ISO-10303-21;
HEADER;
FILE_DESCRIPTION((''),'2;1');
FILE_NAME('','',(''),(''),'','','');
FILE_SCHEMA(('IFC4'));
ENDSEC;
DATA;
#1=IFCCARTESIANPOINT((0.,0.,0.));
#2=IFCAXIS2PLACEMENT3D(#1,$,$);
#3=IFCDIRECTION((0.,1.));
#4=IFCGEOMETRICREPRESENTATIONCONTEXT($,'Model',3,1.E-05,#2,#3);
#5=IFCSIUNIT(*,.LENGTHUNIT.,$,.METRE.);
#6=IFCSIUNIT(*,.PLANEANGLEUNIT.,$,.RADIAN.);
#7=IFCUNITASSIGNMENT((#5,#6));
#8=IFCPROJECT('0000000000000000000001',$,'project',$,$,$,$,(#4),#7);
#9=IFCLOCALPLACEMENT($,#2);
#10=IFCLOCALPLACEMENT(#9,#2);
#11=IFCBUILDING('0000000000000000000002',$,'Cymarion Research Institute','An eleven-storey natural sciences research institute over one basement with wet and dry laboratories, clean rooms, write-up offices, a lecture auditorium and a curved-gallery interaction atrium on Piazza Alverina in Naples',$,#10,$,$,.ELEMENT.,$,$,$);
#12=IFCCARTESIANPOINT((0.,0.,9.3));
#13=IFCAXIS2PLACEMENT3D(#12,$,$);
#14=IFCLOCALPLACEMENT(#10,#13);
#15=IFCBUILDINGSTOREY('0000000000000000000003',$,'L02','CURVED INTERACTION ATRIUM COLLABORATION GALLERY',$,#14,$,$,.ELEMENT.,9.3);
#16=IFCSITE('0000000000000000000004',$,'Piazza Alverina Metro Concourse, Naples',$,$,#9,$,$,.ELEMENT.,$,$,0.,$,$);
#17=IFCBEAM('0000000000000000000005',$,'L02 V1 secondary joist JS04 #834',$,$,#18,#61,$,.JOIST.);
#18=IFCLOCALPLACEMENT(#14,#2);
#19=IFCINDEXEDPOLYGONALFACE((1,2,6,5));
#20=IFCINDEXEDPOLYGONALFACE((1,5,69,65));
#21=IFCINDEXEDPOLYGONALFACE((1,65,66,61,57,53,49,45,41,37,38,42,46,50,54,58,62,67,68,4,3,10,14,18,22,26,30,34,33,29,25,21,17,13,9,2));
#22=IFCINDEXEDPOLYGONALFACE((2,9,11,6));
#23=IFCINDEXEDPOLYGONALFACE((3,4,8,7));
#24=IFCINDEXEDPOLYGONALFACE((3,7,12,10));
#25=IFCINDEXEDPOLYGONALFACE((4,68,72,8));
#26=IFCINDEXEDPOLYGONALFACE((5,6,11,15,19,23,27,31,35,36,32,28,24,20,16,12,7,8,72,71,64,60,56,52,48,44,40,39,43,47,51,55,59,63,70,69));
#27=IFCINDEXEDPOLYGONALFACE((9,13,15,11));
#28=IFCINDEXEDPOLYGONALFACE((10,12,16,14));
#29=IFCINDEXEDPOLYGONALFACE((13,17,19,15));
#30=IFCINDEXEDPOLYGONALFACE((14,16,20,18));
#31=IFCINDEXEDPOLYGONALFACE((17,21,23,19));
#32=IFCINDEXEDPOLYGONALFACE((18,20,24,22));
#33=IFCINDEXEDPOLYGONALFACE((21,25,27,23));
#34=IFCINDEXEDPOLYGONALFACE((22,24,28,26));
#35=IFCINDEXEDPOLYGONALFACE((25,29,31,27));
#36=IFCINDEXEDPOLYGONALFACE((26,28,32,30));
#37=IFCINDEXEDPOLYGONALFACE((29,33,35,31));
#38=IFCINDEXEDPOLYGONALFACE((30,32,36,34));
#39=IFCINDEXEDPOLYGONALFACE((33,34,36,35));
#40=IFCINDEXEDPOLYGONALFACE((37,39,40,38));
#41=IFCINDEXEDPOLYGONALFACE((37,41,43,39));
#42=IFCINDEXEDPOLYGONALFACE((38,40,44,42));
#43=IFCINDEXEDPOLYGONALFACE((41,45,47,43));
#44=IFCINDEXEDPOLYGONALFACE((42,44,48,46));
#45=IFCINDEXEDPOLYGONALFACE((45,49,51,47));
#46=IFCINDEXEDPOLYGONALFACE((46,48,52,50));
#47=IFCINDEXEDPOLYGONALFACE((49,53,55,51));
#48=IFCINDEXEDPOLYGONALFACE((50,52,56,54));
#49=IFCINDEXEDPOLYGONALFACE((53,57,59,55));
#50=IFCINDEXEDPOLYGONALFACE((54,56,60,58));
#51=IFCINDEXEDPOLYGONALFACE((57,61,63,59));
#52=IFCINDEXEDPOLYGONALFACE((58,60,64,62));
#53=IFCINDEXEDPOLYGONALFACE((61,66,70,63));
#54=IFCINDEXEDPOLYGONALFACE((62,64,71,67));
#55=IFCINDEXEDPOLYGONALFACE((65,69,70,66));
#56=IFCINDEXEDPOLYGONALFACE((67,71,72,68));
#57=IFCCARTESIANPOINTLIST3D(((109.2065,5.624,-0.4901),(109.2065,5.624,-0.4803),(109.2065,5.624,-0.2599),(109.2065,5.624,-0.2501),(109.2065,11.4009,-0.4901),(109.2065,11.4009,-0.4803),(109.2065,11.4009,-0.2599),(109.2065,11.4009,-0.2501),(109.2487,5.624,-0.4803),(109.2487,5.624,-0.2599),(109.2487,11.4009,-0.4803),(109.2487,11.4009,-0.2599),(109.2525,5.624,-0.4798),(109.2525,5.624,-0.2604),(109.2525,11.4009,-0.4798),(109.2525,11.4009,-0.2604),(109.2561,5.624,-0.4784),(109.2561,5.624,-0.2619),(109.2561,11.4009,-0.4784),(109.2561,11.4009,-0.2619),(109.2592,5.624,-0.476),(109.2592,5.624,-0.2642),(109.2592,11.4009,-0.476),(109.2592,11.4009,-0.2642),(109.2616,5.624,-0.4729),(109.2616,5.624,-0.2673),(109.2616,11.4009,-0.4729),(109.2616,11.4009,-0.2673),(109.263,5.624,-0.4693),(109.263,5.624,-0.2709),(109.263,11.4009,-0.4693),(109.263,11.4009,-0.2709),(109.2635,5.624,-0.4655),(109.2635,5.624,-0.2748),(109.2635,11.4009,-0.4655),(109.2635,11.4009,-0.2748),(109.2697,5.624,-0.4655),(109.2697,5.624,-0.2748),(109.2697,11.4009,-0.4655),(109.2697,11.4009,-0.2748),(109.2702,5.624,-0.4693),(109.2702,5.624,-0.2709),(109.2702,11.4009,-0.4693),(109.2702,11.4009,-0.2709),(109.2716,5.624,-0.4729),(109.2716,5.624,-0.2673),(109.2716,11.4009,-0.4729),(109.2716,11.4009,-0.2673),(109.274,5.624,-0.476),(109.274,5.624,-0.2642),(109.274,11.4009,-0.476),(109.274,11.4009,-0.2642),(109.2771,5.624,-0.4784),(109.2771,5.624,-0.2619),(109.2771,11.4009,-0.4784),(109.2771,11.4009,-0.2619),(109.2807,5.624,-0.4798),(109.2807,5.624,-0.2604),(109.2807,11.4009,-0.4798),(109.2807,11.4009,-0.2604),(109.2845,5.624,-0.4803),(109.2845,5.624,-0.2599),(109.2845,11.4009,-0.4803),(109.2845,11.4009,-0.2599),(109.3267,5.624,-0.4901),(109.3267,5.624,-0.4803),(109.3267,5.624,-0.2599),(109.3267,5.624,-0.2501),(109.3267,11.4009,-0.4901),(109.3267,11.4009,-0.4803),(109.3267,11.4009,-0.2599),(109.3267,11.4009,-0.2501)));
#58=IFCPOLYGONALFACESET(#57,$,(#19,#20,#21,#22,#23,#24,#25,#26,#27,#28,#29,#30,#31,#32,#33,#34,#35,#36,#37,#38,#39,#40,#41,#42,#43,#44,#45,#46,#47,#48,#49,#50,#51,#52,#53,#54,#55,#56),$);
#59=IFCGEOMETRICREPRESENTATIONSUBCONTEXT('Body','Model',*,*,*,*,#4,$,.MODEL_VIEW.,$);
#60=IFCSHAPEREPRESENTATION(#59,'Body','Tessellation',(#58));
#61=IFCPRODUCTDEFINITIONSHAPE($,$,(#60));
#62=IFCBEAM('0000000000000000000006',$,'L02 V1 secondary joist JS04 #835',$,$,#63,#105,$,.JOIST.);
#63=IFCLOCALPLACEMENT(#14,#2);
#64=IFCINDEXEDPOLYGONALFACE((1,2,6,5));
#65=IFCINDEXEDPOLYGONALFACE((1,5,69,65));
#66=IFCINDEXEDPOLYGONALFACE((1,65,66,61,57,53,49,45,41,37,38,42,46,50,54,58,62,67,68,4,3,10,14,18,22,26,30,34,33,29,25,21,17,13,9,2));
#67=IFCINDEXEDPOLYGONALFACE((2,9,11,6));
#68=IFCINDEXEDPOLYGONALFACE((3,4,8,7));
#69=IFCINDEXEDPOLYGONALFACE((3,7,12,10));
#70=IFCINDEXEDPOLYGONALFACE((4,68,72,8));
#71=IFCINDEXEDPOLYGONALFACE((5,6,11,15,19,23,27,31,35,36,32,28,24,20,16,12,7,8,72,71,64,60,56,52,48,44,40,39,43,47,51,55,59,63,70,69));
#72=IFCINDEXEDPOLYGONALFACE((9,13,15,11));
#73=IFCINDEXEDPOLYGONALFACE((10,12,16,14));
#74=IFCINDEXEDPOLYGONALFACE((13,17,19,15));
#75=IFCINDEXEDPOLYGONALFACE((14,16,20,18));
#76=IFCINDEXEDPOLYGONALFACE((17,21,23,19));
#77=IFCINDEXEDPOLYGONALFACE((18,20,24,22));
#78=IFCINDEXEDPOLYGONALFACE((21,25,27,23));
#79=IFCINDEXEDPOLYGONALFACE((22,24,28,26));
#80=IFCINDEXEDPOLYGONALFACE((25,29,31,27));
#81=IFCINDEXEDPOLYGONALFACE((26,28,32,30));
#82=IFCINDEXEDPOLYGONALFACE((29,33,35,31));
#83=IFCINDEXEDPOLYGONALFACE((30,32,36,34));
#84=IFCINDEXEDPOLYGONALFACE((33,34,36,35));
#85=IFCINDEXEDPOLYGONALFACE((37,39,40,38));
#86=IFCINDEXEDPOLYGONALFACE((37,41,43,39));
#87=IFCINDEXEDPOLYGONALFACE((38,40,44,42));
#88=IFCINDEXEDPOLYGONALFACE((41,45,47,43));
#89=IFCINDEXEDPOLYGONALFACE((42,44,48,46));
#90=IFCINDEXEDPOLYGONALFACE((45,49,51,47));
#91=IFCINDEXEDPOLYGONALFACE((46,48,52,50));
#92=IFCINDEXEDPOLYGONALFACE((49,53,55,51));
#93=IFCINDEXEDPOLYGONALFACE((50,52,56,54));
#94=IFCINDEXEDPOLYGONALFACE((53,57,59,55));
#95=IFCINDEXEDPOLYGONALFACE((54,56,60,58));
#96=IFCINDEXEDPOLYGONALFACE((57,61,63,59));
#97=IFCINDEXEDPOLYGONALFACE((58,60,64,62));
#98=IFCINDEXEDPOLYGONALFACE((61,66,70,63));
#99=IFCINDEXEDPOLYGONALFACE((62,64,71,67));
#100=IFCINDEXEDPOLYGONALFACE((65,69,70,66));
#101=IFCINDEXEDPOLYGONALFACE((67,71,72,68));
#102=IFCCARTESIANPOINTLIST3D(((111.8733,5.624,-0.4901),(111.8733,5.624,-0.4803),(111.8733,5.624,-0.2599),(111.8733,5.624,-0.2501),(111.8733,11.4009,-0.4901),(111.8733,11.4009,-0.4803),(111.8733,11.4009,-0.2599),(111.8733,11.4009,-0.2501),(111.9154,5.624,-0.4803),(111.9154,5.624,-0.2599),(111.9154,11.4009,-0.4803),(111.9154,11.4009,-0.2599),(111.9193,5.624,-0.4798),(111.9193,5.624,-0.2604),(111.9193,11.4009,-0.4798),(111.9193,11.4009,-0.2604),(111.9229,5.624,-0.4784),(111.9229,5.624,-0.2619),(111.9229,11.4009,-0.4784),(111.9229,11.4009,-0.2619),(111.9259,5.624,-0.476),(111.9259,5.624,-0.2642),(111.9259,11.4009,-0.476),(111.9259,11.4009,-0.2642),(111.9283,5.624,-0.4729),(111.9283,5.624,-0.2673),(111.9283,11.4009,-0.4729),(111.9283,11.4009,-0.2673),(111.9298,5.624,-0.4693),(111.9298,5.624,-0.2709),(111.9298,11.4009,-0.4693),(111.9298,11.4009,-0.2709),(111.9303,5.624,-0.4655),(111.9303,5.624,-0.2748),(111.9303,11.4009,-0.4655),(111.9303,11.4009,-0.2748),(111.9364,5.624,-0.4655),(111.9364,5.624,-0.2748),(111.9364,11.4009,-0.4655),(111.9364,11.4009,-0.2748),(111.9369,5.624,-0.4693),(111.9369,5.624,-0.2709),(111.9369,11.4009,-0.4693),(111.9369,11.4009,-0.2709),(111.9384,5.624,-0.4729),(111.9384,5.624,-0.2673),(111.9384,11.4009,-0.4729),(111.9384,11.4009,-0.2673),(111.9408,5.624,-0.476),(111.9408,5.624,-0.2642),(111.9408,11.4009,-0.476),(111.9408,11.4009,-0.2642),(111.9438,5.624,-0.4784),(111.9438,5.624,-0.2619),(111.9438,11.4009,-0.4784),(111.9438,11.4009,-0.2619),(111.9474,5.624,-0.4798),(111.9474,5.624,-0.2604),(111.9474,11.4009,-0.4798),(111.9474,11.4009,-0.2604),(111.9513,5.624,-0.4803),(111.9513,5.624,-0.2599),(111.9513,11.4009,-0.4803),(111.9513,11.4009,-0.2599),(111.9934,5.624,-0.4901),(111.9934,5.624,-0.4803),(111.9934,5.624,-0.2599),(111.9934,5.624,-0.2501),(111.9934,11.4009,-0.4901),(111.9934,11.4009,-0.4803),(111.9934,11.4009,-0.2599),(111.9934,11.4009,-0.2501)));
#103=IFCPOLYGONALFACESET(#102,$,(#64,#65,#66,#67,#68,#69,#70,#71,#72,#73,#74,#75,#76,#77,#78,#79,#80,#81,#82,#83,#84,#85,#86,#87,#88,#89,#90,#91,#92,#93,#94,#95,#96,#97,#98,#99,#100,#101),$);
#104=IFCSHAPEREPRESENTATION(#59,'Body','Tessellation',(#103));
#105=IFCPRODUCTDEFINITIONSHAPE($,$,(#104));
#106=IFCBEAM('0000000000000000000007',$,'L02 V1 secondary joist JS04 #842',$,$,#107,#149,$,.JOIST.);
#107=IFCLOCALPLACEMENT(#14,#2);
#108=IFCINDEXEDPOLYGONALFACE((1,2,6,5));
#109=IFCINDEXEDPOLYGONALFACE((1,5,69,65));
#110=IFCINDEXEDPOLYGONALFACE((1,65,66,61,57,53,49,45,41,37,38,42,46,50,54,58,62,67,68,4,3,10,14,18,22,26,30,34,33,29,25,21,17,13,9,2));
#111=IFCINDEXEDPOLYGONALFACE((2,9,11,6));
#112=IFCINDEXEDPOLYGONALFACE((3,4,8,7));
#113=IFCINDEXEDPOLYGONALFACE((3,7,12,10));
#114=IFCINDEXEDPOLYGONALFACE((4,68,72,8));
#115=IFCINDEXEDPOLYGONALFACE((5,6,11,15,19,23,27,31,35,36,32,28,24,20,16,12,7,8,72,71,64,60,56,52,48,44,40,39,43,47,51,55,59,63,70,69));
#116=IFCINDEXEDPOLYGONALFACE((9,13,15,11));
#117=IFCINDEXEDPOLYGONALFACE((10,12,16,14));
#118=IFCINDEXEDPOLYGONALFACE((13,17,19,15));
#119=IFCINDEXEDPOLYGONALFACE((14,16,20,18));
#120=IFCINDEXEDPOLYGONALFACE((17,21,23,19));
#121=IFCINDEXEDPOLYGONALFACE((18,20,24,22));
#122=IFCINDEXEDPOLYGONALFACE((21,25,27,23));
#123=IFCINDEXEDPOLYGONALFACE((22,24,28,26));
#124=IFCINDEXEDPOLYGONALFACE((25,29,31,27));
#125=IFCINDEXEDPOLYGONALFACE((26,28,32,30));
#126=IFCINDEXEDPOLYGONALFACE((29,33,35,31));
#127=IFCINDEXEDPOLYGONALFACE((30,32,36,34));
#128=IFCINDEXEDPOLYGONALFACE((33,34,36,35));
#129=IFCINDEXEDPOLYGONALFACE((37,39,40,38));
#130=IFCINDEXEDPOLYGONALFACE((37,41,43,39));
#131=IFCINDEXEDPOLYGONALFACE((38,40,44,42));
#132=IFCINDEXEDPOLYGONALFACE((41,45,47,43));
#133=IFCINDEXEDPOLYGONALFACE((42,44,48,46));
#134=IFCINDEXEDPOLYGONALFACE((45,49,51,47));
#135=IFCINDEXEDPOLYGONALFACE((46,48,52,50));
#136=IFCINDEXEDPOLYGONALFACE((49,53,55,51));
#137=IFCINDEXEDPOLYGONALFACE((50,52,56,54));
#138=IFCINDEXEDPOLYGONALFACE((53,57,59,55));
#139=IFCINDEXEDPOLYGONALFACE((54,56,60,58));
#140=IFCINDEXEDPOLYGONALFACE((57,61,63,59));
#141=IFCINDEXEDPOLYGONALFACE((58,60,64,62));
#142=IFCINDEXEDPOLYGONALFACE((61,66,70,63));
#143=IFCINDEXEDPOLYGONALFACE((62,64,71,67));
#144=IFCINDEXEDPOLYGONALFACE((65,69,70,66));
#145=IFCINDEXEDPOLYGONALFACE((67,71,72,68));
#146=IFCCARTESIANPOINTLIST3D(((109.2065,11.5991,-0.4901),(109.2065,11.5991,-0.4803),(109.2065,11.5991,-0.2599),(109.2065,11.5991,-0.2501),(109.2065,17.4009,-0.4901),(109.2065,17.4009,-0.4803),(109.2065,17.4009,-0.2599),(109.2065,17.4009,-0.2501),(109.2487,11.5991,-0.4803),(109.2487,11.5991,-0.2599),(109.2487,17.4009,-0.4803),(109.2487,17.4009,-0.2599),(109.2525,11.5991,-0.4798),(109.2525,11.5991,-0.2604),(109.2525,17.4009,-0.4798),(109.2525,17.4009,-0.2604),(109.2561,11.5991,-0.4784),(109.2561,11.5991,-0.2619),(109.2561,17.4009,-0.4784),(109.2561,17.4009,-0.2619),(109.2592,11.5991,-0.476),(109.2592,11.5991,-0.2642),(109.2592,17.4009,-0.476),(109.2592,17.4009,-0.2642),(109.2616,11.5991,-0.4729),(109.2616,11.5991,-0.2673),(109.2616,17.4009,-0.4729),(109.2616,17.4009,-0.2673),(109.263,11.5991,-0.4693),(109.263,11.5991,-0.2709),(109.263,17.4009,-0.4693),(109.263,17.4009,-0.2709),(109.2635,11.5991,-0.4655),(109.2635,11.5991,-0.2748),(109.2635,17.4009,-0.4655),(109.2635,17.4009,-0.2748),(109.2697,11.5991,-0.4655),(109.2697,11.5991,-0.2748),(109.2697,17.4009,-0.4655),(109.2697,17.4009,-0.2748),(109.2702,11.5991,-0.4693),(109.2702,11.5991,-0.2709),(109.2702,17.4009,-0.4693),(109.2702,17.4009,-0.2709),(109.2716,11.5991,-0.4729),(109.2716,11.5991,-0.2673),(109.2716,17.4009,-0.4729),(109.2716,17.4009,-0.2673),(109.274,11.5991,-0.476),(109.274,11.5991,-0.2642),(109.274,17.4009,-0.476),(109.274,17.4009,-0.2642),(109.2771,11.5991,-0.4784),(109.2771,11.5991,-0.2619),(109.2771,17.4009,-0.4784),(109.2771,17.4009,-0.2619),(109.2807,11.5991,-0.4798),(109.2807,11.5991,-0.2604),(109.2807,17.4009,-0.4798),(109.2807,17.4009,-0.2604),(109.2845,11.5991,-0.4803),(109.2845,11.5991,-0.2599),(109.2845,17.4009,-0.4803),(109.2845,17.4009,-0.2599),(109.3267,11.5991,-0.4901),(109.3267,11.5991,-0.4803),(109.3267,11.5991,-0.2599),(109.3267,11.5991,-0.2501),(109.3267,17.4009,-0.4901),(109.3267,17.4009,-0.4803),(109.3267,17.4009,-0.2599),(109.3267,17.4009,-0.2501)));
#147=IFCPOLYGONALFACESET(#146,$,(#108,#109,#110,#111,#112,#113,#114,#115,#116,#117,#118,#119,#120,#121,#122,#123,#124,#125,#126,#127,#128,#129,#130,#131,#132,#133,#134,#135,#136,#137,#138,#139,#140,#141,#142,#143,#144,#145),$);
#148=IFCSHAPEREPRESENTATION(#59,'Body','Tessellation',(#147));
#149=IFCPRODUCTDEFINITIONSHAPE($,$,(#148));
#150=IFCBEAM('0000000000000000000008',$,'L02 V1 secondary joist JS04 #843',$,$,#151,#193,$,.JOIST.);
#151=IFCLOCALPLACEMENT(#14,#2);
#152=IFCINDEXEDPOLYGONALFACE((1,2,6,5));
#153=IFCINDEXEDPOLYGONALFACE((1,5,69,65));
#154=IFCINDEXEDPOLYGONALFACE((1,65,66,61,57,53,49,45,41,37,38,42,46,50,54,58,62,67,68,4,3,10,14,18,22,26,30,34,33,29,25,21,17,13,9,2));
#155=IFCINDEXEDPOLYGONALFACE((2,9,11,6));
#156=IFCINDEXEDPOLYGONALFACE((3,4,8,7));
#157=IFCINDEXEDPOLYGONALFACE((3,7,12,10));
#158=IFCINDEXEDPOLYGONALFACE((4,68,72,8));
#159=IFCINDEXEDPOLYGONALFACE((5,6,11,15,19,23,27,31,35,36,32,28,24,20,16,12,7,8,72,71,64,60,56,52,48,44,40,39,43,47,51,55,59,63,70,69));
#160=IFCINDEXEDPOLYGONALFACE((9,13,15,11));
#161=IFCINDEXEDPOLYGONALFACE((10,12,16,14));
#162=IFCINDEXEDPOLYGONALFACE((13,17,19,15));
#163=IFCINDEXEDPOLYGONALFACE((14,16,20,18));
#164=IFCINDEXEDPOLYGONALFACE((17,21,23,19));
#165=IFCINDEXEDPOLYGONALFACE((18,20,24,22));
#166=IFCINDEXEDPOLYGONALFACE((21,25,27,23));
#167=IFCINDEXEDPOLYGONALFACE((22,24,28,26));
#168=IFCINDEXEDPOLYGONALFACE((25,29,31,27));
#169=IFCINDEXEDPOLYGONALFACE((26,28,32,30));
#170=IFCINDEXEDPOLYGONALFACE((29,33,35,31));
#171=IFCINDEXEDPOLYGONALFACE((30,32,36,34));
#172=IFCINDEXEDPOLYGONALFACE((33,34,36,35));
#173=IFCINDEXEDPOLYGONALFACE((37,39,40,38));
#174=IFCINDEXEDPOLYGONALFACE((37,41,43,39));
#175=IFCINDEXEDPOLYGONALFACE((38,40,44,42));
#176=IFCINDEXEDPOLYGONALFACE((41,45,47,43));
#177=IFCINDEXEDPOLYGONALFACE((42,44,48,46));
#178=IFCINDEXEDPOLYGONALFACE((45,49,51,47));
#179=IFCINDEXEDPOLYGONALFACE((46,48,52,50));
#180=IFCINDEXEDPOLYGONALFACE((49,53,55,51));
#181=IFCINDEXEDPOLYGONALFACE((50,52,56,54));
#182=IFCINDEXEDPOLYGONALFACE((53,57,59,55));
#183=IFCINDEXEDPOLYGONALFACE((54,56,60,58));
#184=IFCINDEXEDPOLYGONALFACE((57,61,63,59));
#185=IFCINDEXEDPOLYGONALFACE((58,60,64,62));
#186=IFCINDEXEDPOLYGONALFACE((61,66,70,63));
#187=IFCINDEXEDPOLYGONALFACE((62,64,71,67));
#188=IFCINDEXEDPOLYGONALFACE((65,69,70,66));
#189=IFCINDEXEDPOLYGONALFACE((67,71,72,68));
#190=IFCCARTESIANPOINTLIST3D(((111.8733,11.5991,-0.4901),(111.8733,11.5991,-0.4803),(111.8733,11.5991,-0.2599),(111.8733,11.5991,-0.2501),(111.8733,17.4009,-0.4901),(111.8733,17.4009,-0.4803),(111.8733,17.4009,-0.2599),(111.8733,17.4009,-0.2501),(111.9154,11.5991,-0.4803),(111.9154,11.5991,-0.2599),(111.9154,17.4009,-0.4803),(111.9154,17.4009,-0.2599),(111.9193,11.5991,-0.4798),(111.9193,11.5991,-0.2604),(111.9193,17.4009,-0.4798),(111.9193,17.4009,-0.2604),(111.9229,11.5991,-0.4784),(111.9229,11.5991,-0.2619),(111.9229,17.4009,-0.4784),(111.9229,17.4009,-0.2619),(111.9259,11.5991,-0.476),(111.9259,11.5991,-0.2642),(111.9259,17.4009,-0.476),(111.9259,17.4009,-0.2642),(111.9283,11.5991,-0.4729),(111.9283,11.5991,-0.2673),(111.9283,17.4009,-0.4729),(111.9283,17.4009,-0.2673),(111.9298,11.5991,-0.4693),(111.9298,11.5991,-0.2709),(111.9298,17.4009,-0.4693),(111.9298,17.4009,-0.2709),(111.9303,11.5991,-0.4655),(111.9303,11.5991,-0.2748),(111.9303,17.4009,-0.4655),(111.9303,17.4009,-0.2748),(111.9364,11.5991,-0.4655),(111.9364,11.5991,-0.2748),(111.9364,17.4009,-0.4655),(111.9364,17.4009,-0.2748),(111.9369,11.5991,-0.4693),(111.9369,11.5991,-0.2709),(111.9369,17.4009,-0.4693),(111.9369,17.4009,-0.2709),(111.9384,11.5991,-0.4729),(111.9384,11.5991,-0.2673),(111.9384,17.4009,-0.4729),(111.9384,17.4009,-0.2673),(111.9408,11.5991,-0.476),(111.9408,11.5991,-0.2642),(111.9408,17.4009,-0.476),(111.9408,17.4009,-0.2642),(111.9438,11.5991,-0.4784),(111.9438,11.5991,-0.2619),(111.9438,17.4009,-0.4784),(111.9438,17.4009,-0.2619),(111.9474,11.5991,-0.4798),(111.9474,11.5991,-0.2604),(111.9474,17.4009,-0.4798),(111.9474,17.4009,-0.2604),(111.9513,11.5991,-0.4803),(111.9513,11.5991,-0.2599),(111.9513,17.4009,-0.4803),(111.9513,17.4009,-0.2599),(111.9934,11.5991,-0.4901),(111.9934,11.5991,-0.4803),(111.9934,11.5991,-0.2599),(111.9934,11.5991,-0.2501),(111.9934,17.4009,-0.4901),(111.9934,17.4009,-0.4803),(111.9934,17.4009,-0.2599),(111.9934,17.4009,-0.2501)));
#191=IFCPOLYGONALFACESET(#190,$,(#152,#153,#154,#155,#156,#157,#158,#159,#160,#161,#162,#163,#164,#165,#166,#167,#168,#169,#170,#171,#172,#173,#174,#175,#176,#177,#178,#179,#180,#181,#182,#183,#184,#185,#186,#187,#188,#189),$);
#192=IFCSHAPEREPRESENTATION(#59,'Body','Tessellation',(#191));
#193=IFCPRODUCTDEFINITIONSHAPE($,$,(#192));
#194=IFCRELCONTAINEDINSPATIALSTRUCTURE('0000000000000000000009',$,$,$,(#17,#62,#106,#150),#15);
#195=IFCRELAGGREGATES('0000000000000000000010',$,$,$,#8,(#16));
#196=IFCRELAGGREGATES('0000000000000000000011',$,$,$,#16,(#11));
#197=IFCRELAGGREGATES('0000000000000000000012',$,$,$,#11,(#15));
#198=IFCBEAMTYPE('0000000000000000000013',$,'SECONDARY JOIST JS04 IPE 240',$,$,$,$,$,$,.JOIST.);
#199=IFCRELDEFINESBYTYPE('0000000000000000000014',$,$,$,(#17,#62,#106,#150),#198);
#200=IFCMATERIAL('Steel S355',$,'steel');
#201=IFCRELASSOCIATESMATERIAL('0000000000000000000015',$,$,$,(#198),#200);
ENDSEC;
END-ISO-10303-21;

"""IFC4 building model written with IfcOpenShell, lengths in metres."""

from ifc_helpers import new_model, si_unit, direction, frame, origin, origin_2d, place, context, subcontext, project, spatial, i_section, extrude, material, material_profile, profile_set, type_object, element, save


model = new_model("IFC4")

# Units and contexts
model_context = context("Model", 3, precision=1e-05, world=origin(), true_north=direction((0.0, 1.0)))
body_context = subcontext(model_context, "Body", "Model", "MODEL_VIEW")
ifc_project = project(units=[si_unit("LENGTHUNIT", "METRE"), si_unit("PLANEANGLEUNIT", "RADIAN")], contexts=[model_context])

# Site, building, storey
site_placement = place(None, origin())
site = spatial("IfcSite", under=ifc_project, at=site_placement, Name="Piazza Alverina Metro Concourse, Naples", CompositionType="ELEMENT", RefElevation=0.0)
building_placement = place(site_placement, origin())
building = spatial("IfcBuilding", under=site, at=building_placement, Name="Cymarion Research Institute", Description="An eleven-storey natural sciences research institute over one basement with wet and dry laboratories, clean rooms, write-up offices, a lecture auditorium and a curved-gallery interaction atrium on Piazza Alverina in Naples", CompositionType="ELEMENT")
storey_placement = place(building_placement, frame((0.0, 0.0, 9.3)))
storey = spatial("IfcBuildingStorey", under=building, at=storey_placement, Name="L02", Description="CURVED INTERACTION ATRIUM COLLABORATION GALLERY", CompositionType="ELEMENT", Elevation=9.3)

# Shared definitions
ifc_material_1 = material(Name="Steel S355", Category="steel")

# Beams
ifc_material_profile_1 = material_profile(ifc_material_1, i_section(OverallWidth=0.1201, OverallDepth=0.24, WebThickness=0.0061, FlangeThickness=0.0098, FilletRadius=0.0149, at=origin_2d()), Name="IPE 240")
ifc_profile_set_1 = profile_set([ifc_material_profile_1], Name="Steel S355")
beam_type_1 = type_object("IfcBeamType", Name="SECONDARY JOIST JS04 IPE 240", PredefinedType="JOIST", material=ifc_profile_set_1)
for number, where, z_axis, x_axis, name in (
    (1, (109.2666, 5.624, -0.3701), (0.0, 1.0, 0.0), (-1.0, 0.0, 0.0), "L02 V1 secondary joist JS04 #834"),
    (2, (111.9333, 5.624, -0.3701), (0.0, 1.0, 0.0), (-1.0, 0.0, 0.0), "L02 V1 secondary joist JS04 #835"),
):
    element("IfcBeam", number, at=place(storey_placement, frame(where, z_axis=z_axis, x_axis=x_axis)), inside=storey, type_object=beam_type_1, Name=name, PredefinedType="JOIST", context=body_context, shape_type="SweptSolid", body=[
        extrude(i_section(OverallWidth=0.1201, OverallDepth=0.24, WebThickness=0.0061, FlangeThickness=0.0098, FilletRadius=0.0149, at=origin_2d()), origin(), (0.0, 0.0, 1.0), 5.7769),
    ])
for number, where, z_axis, x_axis, name in (
    (3, (109.2666, 11.5991, -0.3701), (0.0, 1.0, 0.0), (-1.0, 0.0, 0.0), "L02 V1 secondary joist JS04 #842"),
    (4, (111.9333, 11.5991, -0.3701), (0.0, 1.0, 0.0), (-1.0, 0.0, 0.0), "L02 V1 secondary joist JS04 #843"),
):
    element("IfcBeam", number, at=place(storey_placement, frame(where, z_axis=z_axis, x_axis=x_axis)), inside=storey, type_object=beam_type_1, Name=name, PredefinedType="JOIST", context=body_context, shape_type="SweptSolid", body=[
        extrude(i_section(OverallWidth=0.1201, OverallDepth=0.24, WebThickness=0.0061, FlangeThickness=0.0098, FilletRadius=0.0149, at=origin_2d()), origin(), (0.0, 0.0, 1.0), 5.8018),
    ])

save(model, "model.ifc")
